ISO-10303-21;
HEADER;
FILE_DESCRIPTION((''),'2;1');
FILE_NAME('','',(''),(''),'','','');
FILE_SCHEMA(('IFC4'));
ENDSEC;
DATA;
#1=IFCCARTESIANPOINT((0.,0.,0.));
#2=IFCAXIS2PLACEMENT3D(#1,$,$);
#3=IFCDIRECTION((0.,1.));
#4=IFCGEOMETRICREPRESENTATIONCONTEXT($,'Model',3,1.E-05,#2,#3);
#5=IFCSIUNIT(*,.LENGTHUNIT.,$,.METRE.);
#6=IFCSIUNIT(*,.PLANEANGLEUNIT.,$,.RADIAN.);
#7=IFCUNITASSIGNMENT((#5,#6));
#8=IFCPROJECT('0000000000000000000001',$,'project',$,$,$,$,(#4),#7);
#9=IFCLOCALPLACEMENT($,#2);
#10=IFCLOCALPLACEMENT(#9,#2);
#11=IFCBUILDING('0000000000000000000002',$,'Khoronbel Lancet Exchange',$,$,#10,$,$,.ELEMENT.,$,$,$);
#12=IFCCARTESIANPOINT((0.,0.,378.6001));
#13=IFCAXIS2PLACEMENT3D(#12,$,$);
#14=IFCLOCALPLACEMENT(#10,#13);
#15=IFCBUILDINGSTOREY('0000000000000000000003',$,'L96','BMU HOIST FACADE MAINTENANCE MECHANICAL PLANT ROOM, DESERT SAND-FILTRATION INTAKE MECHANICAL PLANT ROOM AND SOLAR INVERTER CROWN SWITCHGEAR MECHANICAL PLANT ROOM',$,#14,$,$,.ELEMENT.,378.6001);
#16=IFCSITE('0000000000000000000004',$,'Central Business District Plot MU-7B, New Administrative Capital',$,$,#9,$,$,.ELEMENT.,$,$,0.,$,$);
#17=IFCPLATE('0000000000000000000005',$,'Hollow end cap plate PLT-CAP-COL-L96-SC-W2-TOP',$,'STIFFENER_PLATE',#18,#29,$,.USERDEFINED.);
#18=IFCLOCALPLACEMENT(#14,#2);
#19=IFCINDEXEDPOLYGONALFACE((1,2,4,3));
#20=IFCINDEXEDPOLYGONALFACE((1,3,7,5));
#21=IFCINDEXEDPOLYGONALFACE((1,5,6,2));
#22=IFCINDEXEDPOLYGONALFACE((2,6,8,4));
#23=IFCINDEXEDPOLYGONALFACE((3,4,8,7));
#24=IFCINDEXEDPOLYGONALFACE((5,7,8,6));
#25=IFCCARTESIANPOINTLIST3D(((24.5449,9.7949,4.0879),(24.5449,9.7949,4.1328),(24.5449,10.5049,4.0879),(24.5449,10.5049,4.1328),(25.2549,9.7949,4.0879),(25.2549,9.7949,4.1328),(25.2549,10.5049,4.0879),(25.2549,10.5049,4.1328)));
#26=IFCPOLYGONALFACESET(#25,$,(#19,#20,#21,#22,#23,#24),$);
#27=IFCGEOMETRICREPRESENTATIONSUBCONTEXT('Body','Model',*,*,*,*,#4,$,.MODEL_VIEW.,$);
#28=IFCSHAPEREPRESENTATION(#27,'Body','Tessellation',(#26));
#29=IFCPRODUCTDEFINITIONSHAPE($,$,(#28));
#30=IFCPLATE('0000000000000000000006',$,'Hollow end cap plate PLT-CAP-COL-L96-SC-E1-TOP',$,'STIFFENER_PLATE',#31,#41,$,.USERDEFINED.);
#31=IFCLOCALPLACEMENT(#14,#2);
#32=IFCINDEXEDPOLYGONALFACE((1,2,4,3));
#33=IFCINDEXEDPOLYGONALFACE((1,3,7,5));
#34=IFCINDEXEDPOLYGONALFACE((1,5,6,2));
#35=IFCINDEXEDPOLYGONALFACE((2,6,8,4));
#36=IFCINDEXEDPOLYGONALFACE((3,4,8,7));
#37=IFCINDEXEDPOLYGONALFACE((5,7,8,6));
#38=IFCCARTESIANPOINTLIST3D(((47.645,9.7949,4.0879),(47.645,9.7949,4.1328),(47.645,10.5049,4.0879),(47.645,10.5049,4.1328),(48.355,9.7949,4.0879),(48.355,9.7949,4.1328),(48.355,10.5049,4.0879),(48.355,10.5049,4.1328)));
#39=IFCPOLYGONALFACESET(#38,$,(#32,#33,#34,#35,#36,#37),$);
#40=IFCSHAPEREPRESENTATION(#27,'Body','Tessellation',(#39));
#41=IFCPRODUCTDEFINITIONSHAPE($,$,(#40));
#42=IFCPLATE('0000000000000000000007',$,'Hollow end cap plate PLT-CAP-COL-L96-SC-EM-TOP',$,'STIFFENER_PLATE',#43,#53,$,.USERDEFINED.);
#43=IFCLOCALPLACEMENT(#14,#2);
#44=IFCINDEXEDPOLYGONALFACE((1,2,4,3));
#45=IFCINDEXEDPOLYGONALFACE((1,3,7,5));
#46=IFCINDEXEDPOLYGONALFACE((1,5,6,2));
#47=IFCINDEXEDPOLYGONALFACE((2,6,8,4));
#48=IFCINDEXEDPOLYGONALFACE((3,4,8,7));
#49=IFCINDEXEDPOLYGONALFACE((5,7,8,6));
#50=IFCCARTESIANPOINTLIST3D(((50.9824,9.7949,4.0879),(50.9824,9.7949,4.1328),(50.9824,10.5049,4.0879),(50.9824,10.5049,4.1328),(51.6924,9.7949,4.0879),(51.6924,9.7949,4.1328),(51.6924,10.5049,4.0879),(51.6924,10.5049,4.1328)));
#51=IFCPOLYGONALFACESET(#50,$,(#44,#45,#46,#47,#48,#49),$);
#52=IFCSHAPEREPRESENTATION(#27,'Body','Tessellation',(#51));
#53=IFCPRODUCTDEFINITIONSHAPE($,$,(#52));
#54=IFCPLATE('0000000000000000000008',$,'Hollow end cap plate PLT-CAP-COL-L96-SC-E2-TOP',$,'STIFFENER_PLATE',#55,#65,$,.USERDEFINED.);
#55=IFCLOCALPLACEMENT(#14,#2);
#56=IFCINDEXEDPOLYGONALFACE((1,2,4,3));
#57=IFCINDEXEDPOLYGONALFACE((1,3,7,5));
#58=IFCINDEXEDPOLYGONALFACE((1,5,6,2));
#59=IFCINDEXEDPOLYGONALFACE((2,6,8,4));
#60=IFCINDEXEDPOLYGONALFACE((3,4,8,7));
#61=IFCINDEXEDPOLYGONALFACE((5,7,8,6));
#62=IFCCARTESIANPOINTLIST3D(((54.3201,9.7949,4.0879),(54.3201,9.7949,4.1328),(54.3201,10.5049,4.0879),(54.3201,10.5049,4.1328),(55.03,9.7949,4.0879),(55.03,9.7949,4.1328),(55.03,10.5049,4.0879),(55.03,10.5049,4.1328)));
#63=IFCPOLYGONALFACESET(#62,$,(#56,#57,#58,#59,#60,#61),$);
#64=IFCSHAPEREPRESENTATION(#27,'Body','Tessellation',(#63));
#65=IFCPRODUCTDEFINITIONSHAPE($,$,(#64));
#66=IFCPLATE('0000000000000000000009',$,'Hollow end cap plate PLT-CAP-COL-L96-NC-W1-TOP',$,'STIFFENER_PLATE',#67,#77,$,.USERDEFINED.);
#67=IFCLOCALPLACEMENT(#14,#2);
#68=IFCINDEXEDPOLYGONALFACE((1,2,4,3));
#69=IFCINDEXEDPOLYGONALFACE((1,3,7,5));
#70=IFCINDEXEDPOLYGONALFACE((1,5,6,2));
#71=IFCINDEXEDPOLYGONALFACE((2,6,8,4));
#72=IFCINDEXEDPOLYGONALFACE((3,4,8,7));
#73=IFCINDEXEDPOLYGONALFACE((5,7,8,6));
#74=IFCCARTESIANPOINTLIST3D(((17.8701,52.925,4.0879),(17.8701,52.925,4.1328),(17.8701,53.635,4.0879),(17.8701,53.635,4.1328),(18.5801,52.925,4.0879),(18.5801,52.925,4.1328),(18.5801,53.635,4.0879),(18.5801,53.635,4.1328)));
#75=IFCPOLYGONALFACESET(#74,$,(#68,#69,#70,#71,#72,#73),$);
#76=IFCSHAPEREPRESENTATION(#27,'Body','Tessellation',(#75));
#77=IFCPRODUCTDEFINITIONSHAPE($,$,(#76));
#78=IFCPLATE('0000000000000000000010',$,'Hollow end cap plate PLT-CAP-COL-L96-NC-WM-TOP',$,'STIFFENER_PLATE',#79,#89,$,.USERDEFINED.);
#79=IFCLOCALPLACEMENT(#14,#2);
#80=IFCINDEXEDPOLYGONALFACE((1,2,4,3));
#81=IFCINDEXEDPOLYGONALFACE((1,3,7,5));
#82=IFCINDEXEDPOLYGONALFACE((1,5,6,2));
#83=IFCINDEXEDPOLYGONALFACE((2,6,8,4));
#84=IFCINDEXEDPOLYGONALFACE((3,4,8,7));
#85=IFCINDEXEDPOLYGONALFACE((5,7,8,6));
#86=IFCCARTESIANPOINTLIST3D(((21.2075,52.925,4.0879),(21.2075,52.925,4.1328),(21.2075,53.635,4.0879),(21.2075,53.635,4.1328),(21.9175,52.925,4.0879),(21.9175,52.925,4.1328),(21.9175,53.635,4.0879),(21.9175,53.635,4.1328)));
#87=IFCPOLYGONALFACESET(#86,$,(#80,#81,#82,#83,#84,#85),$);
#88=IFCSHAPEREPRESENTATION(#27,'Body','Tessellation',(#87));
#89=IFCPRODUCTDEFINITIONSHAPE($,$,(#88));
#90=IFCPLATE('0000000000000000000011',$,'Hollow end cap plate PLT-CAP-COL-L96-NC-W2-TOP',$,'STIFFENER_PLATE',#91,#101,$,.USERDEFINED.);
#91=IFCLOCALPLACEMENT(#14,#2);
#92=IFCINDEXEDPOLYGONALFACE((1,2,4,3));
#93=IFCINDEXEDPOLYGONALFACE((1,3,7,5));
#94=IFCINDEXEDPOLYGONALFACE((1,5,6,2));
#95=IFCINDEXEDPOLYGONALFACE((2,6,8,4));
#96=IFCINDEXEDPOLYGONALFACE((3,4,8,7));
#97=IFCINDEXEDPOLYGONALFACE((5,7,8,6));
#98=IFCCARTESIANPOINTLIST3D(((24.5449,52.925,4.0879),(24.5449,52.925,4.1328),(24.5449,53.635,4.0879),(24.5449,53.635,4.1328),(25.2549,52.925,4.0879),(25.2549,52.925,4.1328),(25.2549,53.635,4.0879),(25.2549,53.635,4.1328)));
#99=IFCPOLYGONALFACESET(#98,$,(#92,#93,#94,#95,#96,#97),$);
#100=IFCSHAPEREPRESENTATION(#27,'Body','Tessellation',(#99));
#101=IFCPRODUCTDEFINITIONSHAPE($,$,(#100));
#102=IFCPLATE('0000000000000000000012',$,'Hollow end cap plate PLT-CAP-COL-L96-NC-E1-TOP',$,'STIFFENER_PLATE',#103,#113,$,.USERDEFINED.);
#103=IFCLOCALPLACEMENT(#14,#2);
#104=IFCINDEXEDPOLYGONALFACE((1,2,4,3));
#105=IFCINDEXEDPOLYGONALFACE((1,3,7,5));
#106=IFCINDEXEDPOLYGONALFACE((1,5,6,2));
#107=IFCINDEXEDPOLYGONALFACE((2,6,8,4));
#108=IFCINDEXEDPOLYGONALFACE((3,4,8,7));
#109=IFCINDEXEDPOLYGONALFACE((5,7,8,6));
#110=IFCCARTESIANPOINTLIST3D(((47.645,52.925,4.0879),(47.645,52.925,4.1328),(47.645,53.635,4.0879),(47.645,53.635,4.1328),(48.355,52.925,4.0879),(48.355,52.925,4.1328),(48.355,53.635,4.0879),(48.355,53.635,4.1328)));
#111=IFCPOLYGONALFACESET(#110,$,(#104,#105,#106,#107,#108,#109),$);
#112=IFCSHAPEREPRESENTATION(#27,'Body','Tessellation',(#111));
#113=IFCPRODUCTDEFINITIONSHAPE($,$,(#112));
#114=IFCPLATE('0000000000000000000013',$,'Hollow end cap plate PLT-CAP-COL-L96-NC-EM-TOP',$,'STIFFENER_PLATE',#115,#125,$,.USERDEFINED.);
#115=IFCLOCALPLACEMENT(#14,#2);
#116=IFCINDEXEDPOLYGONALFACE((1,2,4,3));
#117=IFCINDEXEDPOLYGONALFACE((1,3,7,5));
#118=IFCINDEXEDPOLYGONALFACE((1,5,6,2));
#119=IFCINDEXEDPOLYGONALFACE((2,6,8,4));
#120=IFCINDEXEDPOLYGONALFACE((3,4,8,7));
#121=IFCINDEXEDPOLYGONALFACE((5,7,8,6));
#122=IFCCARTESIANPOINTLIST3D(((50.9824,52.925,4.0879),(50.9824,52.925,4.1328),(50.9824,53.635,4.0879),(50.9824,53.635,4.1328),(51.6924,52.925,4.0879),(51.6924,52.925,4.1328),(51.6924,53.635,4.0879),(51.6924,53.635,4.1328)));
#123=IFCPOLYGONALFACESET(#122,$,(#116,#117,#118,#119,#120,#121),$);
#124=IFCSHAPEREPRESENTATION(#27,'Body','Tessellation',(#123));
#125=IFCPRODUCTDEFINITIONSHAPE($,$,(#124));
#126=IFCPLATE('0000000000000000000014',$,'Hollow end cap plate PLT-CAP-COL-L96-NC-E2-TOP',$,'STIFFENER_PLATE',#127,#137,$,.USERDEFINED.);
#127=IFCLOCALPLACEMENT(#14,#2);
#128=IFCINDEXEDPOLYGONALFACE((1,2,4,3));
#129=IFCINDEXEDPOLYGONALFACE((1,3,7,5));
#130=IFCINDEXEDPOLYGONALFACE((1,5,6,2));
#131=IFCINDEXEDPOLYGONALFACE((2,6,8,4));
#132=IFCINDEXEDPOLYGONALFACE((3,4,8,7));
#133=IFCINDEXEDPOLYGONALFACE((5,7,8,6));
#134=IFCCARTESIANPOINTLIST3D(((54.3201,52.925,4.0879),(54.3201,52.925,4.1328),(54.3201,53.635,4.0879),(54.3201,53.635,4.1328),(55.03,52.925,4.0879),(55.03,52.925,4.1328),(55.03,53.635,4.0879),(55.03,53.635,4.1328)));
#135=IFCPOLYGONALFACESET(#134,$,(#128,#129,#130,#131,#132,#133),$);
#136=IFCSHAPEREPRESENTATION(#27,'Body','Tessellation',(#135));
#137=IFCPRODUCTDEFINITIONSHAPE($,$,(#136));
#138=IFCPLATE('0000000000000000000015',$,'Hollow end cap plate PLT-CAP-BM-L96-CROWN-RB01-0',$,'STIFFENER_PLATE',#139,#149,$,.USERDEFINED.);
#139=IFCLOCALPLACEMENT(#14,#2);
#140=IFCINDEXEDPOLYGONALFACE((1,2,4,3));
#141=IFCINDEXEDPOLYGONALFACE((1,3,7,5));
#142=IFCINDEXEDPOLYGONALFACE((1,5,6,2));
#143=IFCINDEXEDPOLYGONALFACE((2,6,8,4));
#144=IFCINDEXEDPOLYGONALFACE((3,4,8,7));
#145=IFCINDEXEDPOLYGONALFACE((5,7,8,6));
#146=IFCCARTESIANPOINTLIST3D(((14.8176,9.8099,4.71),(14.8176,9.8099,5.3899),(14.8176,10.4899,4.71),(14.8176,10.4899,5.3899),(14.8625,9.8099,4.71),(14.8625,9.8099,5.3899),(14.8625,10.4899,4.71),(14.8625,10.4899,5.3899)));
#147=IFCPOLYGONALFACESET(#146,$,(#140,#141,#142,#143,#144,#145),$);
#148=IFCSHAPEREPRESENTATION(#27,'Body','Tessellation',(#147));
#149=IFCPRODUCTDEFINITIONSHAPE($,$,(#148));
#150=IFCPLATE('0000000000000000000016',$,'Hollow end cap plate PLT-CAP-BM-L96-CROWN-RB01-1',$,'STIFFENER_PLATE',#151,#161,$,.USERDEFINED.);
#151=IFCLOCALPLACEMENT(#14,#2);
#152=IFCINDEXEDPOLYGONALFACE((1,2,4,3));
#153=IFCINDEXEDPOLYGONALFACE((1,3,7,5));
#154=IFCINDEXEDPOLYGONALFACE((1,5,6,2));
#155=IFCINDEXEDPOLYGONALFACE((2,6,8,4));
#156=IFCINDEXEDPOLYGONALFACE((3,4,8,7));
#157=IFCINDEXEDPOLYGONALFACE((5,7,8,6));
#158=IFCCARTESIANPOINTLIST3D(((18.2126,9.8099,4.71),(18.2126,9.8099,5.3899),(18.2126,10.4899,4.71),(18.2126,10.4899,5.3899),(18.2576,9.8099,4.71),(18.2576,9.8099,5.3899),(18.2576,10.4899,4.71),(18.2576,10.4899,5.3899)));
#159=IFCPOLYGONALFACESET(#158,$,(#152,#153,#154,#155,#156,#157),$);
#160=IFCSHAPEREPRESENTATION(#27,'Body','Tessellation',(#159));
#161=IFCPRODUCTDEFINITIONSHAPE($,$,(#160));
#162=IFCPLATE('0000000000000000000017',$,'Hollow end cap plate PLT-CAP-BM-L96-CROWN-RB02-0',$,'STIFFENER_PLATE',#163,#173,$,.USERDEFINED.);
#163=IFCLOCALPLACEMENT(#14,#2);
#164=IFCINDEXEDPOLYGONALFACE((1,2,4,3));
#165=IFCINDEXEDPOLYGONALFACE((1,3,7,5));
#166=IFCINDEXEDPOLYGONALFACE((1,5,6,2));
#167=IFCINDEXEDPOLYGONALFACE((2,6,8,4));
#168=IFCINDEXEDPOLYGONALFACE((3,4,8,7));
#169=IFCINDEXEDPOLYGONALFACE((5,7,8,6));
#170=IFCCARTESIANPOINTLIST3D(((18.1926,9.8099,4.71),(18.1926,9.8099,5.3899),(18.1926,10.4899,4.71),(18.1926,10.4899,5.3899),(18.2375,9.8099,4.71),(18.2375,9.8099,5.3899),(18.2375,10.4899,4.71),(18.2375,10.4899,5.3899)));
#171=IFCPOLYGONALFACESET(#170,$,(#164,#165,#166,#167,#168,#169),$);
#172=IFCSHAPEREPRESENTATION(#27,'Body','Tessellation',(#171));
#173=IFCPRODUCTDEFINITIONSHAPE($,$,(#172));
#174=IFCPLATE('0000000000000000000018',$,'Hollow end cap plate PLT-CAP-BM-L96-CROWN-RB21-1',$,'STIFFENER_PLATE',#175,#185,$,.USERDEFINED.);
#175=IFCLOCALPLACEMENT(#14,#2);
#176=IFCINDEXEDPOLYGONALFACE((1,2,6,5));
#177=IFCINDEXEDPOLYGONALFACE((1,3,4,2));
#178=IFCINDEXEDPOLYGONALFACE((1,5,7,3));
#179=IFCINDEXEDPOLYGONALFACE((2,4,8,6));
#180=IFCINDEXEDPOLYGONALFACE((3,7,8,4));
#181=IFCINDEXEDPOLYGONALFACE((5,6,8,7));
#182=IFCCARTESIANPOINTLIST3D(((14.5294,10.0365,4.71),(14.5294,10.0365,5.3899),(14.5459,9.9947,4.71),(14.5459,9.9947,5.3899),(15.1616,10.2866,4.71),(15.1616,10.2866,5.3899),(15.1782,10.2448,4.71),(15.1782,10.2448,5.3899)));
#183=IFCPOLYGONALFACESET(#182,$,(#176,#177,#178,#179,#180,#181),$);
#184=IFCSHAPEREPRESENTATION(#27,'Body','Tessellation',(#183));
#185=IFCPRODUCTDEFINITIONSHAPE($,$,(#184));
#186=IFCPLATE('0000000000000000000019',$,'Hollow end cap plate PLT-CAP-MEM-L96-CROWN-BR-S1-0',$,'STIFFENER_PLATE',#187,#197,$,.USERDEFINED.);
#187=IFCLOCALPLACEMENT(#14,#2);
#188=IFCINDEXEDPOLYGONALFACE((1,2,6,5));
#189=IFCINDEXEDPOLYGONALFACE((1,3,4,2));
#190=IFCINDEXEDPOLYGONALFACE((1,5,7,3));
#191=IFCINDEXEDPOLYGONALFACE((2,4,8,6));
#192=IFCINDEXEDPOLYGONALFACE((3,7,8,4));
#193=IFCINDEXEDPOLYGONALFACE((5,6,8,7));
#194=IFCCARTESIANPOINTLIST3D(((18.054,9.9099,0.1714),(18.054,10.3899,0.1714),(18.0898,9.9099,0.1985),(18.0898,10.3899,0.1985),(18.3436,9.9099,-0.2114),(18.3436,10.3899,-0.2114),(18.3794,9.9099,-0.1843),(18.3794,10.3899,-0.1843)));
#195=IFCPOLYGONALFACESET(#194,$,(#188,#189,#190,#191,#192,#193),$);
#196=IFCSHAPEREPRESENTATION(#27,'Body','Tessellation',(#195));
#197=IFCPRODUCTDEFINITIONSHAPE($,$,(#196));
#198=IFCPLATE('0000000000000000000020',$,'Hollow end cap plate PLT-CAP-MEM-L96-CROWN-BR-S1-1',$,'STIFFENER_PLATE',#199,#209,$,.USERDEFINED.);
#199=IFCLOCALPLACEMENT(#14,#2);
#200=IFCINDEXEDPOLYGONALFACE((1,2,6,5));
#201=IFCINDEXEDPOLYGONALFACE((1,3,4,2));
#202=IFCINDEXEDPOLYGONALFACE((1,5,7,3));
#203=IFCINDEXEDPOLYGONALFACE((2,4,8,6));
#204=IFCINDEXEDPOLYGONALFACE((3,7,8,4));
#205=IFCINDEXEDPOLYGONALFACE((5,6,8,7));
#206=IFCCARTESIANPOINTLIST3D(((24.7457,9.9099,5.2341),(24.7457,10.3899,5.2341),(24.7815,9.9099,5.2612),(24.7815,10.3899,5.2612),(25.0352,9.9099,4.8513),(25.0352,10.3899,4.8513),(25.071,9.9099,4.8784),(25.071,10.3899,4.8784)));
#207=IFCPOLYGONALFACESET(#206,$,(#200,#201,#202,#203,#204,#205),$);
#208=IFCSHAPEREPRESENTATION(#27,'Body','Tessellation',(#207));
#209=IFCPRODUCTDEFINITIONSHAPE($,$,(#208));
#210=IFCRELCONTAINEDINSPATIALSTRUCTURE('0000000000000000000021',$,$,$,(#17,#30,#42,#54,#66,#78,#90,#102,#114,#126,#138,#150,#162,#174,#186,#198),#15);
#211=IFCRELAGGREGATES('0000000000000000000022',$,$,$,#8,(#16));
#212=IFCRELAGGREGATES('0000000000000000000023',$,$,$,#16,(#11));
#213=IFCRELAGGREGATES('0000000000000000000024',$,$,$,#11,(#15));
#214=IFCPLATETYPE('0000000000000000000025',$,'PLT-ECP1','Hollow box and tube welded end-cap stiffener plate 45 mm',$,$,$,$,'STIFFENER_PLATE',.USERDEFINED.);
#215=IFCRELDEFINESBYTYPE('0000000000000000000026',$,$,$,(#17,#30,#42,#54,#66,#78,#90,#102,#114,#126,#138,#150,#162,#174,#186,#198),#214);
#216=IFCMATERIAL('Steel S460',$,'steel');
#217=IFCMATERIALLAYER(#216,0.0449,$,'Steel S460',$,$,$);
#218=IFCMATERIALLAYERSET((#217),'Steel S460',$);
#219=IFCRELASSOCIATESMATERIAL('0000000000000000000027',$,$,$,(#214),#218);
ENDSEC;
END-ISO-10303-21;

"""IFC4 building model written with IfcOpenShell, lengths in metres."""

from ifc_helpers import new_model, si_unit, direction, frame, origin, origin_2d, place, context, subcontext, project, spatial, polyline, rectangle, outline, extrude, material, layer, layer_set, type_object, element, save


model = new_model("IFC4")

# Units and contexts
model_context = context("Model", 3, precision=1e-05, world=origin(), true_north=direction((0.0, 1.0)))
body_context = subcontext(model_context, "Body", "Model", "MODEL_VIEW")
ifc_project = project(units=[si_unit("LENGTHUNIT", "METRE"), si_unit("PLANEANGLEUNIT", "RADIAN")], contexts=[model_context])

# Site, building, storey
site_placement = place(None, origin())
site = spatial("IfcSite", under=ifc_project, at=site_placement, Name="Central Business District Plot MU-7B, New Administrative Capital", CompositionType="ELEMENT", RefElevation=0.0)
building_placement = place(site_placement, origin())
building = spatial("IfcBuilding", under=site, at=building_placement, Name="Khoronbel Lancet Exchange", CompositionType="ELEMENT")
storey_placement = place(building_placement, frame((0.0, 0.0, 378.6001)))
storey = spatial("IfcBuildingStorey", under=building, at=storey_placement, Name="L96", Description="BMU HOIST FACADE MAINTENANCE MECHANICAL PLANT ROOM, DESERT SAND-FILTRATION INTAKE MECHANICAL PLANT ROOM AND SOLAR INVERTER CROWN SWITCHGEAR MECHANICAL PLANT ROOM", CompositionType="ELEMENT", Elevation=378.6001)

# Shared definitions
ifc_material_1 = material(Name="Steel S460", Category="steel")

# Plates
ifc_layer_1 = layer(ifc_material_1, 0.0449, Name="Steel S460")
ifc_layer_set_1 = layer_set([ifc_layer_1], Name="Steel S460")
plate_type_1 = type_object("IfcPlateType", Name="PLT-ECP1", Description="Hollow box and tube welded end-cap stiffener plate 45 mm", ElementType="STIFFENER_PLATE", PredefinedType="USERDEFINED", material=ifc_layer_set_1)
plate_1_placement = place(storey_placement, frame((0.0, 0.0, 4.0879)))
element("IfcPlate", 1, at=plate_1_placement, inside=storey, type_object=plate_type_1, Name="Hollow end cap plate PLT-CAP-COL-L96-SC-W2-TOP", ObjectType="STIFFENER_PLATE", PredefinedType="USERDEFINED", context=body_context, shape_type="SweptSolid", body=[
    extrude(outline(polyline([(24.5449, 9.7949), (25.2549, 9.7949), (25.2549, 10.5049), (24.5449, 10.5049), (24.5449, 9.7949)])), origin(), (0.0, 0.0, 1.0), 0.0449),
])
plate_2_placement = place(storey_placement, frame((0.0, 0.0, 4.0879)))
element("IfcPlate", 2, at=plate_2_placement, inside=storey, type_object=plate_type_1, Name="Hollow end cap plate PLT-CAP-COL-L96-SC-E1-TOP", ObjectType="STIFFENER_PLATE", PredefinedType="USERDEFINED", context=body_context, shape_type="SweptSolid", body=[
    extrude(outline(polyline([(47.645, 9.7949), (48.355, 9.7949), (48.355, 10.5049), (47.645, 10.5049), (47.645, 9.7949)])), origin(), (0.0, 0.0, 1.0), 0.0449),
])
plate_3_placement = place(storey_placement, frame((0.0, 0.0, 4.0879)))
element("IfcPlate", 3, at=plate_3_placement, inside=storey, type_object=plate_type_1, Name="Hollow end cap plate PLT-CAP-COL-L96-SC-EM-TOP", ObjectType="STIFFENER_PLATE", PredefinedType="USERDEFINED", context=body_context, shape_type="SweptSolid", body=[
    extrude(outline(polyline([(50.9824, 9.7949), (51.6924, 9.7949), (51.6924, 10.5049), (50.9824, 10.5049), (50.9824, 9.7949)])), origin(), (0.0, 0.0, 1.0), 0.0449),
])
plate_4_placement = place(storey_placement, frame((0.0, 0.0, 4.0879)))
element("IfcPlate", 4, at=plate_4_placement, inside=storey, type_object=plate_type_1, Name="Hollow end cap plate PLT-CAP-COL-L96-SC-E2-TOP", ObjectType="STIFFENER_PLATE", PredefinedType="USERDEFINED", context=body_context, shape_type="SweptSolid", body=[
    extrude(outline(polyline([(54.3201, 9.7949), (55.03, 9.7949), (55.03, 10.5049), (54.3201, 10.5049), (54.3201, 9.7949)])), origin(), (0.0, 0.0, 1.0), 0.0449),
])
plate_5_placement = place(storey_placement, frame((0.0, 0.0, 4.0879)))
element("IfcPlate", 5, at=plate_5_placement, inside=storey, type_object=plate_type_1, Name="Hollow end cap plate PLT-CAP-COL-L96-NC-W1-TOP", ObjectType="STIFFENER_PLATE", PredefinedType="USERDEFINED", context=body_context, shape_type="SweptSolid", body=[
    extrude(outline(polyline([(17.8701, 52.925), (18.5801, 52.925), (18.5801, 53.635), (17.8701, 53.635), (17.8701, 52.925)])), origin(), (0.0, 0.0, 1.0), 0.0449),
])
plate_6_placement = place(storey_placement, frame((0.0, 0.0, 4.0879)))
element("IfcPlate", 6, at=plate_6_placement, inside=storey, type_object=plate_type_1, Name="Hollow end cap plate PLT-CAP-COL-L96-NC-WM-TOP", ObjectType="STIFFENER_PLATE", PredefinedType="USERDEFINED", context=body_context, shape_type="SweptSolid", body=[
    extrude(outline(polyline([(21.2075, 52.925), (21.9175, 52.925), (21.9175, 53.635), (21.2075, 53.635), (21.2075, 52.925)])), origin(), (0.0, 0.0, 1.0), 0.0449),
])
plate_7_placement = place(storey_placement, frame((0.0, 0.0, 4.0879)))
element("IfcPlate", 7, at=plate_7_placement, inside=storey, type_object=plate_type_1, Name="Hollow end cap plate PLT-CAP-COL-L96-NC-W2-TOP", ObjectType="STIFFENER_PLATE", PredefinedType="USERDEFINED", context=body_context, shape_type="SweptSolid", body=[
    extrude(outline(polyline([(24.5449, 52.925), (25.2549, 52.925), (25.2549, 53.635), (24.5449, 53.635), (24.5449, 52.925)])), origin(), (0.0, 0.0, 1.0), 0.0449),
])
plate_8_placement = place(storey_placement, frame((0.0, 0.0, 4.0879)))
element("IfcPlate", 8, at=plate_8_placement, inside=storey, type_object=plate_type_1, Name="Hollow end cap plate PLT-CAP-COL-L96-NC-E1-TOP", ObjectType="STIFFENER_PLATE", PredefinedType="USERDEFINED", context=body_context, shape_type="SweptSolid", body=[
    extrude(outline(polyline([(47.645, 52.925), (48.355, 52.925), (48.355, 53.635), (47.645, 53.635), (47.645, 52.925)])), origin(), (0.0, 0.0, 1.0), 0.0449),
])
plate_9_placement = place(storey_placement, frame((0.0, 0.0, 4.0879)))
element("IfcPlate", 9, at=plate_9_placement, inside=storey, type_object=plate_type_1, Name="Hollow end cap plate PLT-CAP-COL-L96-NC-EM-TOP", ObjectType="STIFFENER_PLATE", PredefinedType="USERDEFINED", context=body_context, shape_type="SweptSolid", body=[
    extrude(outline(polyline([(50.9824, 52.925), (51.6924, 52.925), (51.6924, 53.635), (50.9824, 53.635), (50.9824, 52.925)])), origin(), (0.0, 0.0, 1.0), 0.0449),
])
plate_10_placement = place(storey_placement, frame((0.0, 0.0, 4.0879)))
element("IfcPlate", 10, at=plate_10_placement, inside=storey, type_object=plate_type_1, Name="Hollow end cap plate PLT-CAP-COL-L96-NC-E2-TOP", ObjectType="STIFFENER_PLATE", PredefinedType="USERDEFINED", context=body_context, shape_type="SweptSolid", body=[
    extrude(outline(polyline([(54.3201, 52.925), (55.03, 52.925), (55.03, 53.635), (54.3201, 53.635), (54.3201, 52.925)])), origin(), (0.0, 0.0, 1.0), 0.0449),
])
for number, where, z_axis, x_axis, name in (
    (11, (14.8401, 10.1499, 4.71), (0.0, 0.0, 1.0), (-1.0, 0.0, 0.0), "Hollow end cap plate PLT-CAP-BM-L96-CROWN-RB01-0"),
    (12, (18.2351, 10.1499, 4.71), (0.0, 0.0, 1.0), (1.0, 0.0, 0.0), "Hollow end cap plate PLT-CAP-BM-L96-CROWN-RB01-1"),
    (13, (18.2151, 10.1499, 4.71), (0.0, 0.0, 1.0), (-1.0, 0.0, 0.0), "Hollow end cap plate PLT-CAP-BM-L96-CROWN-RB02-0"),
    (14, (14.8538, 10.1406, 4.71), (0.0, 0.0, 1.0), (0.367845, -0.929887, 0.0), "Hollow end cap plate PLT-CAP-BM-L96-CROWN-RB21-1"),
):
    element("IfcPlate", number, at=place(storey_placement, frame(where, z_axis=z_axis, x_axis=x_axis)), inside=storey, type_object=plate_type_1, Name=name, ObjectType="STIFFENER_PLATE", PredefinedType="USERDEFINED", context=body_context, shape_type="SweptSolid", body=[
        extrude(rectangle(XDim=0.0449, YDim=0.6799, at=origin_2d()), origin(), (0.0, 0.0, 1.0), 0.6799),
    ])
for number, where, z_axis, x_axis, name in (
    (15, (18.3794, 9.9099, -0.1843), (0.797552, 0.0, 0.60325), (0.0, 1.0, 0.0), "Hollow end cap plate PLT-CAP-MEM-L96-CROWN-BR-S1-0"),
    (16, (25.071, 9.9099, 4.8784), (0.797552, 0.0, 0.60325), (0.0, 1.0, 0.0), "Hollow end cap plate PLT-CAP-MEM-L96-CROWN-BR-S1-1"),
):
    element("IfcPlate", number, at=place(storey_placement, frame(where, z_axis=z_axis, x_axis=x_axis)), inside=storey, type_object=plate_type_1, Name=name, ObjectType="STIFFENER_PLATE", PredefinedType="USERDEFINED", context=body_context, shape_type="SweptSolid", body=[
        extrude(outline(polyline([(0.0, 0.0), (0.48, 0.0), (0.48, 0.48), (0.0, 0.48), (0.0, 0.0)])), origin(), (0.0, 0.0, -1.0), 0.0449),
    ])

save(model, "model.ifc")
